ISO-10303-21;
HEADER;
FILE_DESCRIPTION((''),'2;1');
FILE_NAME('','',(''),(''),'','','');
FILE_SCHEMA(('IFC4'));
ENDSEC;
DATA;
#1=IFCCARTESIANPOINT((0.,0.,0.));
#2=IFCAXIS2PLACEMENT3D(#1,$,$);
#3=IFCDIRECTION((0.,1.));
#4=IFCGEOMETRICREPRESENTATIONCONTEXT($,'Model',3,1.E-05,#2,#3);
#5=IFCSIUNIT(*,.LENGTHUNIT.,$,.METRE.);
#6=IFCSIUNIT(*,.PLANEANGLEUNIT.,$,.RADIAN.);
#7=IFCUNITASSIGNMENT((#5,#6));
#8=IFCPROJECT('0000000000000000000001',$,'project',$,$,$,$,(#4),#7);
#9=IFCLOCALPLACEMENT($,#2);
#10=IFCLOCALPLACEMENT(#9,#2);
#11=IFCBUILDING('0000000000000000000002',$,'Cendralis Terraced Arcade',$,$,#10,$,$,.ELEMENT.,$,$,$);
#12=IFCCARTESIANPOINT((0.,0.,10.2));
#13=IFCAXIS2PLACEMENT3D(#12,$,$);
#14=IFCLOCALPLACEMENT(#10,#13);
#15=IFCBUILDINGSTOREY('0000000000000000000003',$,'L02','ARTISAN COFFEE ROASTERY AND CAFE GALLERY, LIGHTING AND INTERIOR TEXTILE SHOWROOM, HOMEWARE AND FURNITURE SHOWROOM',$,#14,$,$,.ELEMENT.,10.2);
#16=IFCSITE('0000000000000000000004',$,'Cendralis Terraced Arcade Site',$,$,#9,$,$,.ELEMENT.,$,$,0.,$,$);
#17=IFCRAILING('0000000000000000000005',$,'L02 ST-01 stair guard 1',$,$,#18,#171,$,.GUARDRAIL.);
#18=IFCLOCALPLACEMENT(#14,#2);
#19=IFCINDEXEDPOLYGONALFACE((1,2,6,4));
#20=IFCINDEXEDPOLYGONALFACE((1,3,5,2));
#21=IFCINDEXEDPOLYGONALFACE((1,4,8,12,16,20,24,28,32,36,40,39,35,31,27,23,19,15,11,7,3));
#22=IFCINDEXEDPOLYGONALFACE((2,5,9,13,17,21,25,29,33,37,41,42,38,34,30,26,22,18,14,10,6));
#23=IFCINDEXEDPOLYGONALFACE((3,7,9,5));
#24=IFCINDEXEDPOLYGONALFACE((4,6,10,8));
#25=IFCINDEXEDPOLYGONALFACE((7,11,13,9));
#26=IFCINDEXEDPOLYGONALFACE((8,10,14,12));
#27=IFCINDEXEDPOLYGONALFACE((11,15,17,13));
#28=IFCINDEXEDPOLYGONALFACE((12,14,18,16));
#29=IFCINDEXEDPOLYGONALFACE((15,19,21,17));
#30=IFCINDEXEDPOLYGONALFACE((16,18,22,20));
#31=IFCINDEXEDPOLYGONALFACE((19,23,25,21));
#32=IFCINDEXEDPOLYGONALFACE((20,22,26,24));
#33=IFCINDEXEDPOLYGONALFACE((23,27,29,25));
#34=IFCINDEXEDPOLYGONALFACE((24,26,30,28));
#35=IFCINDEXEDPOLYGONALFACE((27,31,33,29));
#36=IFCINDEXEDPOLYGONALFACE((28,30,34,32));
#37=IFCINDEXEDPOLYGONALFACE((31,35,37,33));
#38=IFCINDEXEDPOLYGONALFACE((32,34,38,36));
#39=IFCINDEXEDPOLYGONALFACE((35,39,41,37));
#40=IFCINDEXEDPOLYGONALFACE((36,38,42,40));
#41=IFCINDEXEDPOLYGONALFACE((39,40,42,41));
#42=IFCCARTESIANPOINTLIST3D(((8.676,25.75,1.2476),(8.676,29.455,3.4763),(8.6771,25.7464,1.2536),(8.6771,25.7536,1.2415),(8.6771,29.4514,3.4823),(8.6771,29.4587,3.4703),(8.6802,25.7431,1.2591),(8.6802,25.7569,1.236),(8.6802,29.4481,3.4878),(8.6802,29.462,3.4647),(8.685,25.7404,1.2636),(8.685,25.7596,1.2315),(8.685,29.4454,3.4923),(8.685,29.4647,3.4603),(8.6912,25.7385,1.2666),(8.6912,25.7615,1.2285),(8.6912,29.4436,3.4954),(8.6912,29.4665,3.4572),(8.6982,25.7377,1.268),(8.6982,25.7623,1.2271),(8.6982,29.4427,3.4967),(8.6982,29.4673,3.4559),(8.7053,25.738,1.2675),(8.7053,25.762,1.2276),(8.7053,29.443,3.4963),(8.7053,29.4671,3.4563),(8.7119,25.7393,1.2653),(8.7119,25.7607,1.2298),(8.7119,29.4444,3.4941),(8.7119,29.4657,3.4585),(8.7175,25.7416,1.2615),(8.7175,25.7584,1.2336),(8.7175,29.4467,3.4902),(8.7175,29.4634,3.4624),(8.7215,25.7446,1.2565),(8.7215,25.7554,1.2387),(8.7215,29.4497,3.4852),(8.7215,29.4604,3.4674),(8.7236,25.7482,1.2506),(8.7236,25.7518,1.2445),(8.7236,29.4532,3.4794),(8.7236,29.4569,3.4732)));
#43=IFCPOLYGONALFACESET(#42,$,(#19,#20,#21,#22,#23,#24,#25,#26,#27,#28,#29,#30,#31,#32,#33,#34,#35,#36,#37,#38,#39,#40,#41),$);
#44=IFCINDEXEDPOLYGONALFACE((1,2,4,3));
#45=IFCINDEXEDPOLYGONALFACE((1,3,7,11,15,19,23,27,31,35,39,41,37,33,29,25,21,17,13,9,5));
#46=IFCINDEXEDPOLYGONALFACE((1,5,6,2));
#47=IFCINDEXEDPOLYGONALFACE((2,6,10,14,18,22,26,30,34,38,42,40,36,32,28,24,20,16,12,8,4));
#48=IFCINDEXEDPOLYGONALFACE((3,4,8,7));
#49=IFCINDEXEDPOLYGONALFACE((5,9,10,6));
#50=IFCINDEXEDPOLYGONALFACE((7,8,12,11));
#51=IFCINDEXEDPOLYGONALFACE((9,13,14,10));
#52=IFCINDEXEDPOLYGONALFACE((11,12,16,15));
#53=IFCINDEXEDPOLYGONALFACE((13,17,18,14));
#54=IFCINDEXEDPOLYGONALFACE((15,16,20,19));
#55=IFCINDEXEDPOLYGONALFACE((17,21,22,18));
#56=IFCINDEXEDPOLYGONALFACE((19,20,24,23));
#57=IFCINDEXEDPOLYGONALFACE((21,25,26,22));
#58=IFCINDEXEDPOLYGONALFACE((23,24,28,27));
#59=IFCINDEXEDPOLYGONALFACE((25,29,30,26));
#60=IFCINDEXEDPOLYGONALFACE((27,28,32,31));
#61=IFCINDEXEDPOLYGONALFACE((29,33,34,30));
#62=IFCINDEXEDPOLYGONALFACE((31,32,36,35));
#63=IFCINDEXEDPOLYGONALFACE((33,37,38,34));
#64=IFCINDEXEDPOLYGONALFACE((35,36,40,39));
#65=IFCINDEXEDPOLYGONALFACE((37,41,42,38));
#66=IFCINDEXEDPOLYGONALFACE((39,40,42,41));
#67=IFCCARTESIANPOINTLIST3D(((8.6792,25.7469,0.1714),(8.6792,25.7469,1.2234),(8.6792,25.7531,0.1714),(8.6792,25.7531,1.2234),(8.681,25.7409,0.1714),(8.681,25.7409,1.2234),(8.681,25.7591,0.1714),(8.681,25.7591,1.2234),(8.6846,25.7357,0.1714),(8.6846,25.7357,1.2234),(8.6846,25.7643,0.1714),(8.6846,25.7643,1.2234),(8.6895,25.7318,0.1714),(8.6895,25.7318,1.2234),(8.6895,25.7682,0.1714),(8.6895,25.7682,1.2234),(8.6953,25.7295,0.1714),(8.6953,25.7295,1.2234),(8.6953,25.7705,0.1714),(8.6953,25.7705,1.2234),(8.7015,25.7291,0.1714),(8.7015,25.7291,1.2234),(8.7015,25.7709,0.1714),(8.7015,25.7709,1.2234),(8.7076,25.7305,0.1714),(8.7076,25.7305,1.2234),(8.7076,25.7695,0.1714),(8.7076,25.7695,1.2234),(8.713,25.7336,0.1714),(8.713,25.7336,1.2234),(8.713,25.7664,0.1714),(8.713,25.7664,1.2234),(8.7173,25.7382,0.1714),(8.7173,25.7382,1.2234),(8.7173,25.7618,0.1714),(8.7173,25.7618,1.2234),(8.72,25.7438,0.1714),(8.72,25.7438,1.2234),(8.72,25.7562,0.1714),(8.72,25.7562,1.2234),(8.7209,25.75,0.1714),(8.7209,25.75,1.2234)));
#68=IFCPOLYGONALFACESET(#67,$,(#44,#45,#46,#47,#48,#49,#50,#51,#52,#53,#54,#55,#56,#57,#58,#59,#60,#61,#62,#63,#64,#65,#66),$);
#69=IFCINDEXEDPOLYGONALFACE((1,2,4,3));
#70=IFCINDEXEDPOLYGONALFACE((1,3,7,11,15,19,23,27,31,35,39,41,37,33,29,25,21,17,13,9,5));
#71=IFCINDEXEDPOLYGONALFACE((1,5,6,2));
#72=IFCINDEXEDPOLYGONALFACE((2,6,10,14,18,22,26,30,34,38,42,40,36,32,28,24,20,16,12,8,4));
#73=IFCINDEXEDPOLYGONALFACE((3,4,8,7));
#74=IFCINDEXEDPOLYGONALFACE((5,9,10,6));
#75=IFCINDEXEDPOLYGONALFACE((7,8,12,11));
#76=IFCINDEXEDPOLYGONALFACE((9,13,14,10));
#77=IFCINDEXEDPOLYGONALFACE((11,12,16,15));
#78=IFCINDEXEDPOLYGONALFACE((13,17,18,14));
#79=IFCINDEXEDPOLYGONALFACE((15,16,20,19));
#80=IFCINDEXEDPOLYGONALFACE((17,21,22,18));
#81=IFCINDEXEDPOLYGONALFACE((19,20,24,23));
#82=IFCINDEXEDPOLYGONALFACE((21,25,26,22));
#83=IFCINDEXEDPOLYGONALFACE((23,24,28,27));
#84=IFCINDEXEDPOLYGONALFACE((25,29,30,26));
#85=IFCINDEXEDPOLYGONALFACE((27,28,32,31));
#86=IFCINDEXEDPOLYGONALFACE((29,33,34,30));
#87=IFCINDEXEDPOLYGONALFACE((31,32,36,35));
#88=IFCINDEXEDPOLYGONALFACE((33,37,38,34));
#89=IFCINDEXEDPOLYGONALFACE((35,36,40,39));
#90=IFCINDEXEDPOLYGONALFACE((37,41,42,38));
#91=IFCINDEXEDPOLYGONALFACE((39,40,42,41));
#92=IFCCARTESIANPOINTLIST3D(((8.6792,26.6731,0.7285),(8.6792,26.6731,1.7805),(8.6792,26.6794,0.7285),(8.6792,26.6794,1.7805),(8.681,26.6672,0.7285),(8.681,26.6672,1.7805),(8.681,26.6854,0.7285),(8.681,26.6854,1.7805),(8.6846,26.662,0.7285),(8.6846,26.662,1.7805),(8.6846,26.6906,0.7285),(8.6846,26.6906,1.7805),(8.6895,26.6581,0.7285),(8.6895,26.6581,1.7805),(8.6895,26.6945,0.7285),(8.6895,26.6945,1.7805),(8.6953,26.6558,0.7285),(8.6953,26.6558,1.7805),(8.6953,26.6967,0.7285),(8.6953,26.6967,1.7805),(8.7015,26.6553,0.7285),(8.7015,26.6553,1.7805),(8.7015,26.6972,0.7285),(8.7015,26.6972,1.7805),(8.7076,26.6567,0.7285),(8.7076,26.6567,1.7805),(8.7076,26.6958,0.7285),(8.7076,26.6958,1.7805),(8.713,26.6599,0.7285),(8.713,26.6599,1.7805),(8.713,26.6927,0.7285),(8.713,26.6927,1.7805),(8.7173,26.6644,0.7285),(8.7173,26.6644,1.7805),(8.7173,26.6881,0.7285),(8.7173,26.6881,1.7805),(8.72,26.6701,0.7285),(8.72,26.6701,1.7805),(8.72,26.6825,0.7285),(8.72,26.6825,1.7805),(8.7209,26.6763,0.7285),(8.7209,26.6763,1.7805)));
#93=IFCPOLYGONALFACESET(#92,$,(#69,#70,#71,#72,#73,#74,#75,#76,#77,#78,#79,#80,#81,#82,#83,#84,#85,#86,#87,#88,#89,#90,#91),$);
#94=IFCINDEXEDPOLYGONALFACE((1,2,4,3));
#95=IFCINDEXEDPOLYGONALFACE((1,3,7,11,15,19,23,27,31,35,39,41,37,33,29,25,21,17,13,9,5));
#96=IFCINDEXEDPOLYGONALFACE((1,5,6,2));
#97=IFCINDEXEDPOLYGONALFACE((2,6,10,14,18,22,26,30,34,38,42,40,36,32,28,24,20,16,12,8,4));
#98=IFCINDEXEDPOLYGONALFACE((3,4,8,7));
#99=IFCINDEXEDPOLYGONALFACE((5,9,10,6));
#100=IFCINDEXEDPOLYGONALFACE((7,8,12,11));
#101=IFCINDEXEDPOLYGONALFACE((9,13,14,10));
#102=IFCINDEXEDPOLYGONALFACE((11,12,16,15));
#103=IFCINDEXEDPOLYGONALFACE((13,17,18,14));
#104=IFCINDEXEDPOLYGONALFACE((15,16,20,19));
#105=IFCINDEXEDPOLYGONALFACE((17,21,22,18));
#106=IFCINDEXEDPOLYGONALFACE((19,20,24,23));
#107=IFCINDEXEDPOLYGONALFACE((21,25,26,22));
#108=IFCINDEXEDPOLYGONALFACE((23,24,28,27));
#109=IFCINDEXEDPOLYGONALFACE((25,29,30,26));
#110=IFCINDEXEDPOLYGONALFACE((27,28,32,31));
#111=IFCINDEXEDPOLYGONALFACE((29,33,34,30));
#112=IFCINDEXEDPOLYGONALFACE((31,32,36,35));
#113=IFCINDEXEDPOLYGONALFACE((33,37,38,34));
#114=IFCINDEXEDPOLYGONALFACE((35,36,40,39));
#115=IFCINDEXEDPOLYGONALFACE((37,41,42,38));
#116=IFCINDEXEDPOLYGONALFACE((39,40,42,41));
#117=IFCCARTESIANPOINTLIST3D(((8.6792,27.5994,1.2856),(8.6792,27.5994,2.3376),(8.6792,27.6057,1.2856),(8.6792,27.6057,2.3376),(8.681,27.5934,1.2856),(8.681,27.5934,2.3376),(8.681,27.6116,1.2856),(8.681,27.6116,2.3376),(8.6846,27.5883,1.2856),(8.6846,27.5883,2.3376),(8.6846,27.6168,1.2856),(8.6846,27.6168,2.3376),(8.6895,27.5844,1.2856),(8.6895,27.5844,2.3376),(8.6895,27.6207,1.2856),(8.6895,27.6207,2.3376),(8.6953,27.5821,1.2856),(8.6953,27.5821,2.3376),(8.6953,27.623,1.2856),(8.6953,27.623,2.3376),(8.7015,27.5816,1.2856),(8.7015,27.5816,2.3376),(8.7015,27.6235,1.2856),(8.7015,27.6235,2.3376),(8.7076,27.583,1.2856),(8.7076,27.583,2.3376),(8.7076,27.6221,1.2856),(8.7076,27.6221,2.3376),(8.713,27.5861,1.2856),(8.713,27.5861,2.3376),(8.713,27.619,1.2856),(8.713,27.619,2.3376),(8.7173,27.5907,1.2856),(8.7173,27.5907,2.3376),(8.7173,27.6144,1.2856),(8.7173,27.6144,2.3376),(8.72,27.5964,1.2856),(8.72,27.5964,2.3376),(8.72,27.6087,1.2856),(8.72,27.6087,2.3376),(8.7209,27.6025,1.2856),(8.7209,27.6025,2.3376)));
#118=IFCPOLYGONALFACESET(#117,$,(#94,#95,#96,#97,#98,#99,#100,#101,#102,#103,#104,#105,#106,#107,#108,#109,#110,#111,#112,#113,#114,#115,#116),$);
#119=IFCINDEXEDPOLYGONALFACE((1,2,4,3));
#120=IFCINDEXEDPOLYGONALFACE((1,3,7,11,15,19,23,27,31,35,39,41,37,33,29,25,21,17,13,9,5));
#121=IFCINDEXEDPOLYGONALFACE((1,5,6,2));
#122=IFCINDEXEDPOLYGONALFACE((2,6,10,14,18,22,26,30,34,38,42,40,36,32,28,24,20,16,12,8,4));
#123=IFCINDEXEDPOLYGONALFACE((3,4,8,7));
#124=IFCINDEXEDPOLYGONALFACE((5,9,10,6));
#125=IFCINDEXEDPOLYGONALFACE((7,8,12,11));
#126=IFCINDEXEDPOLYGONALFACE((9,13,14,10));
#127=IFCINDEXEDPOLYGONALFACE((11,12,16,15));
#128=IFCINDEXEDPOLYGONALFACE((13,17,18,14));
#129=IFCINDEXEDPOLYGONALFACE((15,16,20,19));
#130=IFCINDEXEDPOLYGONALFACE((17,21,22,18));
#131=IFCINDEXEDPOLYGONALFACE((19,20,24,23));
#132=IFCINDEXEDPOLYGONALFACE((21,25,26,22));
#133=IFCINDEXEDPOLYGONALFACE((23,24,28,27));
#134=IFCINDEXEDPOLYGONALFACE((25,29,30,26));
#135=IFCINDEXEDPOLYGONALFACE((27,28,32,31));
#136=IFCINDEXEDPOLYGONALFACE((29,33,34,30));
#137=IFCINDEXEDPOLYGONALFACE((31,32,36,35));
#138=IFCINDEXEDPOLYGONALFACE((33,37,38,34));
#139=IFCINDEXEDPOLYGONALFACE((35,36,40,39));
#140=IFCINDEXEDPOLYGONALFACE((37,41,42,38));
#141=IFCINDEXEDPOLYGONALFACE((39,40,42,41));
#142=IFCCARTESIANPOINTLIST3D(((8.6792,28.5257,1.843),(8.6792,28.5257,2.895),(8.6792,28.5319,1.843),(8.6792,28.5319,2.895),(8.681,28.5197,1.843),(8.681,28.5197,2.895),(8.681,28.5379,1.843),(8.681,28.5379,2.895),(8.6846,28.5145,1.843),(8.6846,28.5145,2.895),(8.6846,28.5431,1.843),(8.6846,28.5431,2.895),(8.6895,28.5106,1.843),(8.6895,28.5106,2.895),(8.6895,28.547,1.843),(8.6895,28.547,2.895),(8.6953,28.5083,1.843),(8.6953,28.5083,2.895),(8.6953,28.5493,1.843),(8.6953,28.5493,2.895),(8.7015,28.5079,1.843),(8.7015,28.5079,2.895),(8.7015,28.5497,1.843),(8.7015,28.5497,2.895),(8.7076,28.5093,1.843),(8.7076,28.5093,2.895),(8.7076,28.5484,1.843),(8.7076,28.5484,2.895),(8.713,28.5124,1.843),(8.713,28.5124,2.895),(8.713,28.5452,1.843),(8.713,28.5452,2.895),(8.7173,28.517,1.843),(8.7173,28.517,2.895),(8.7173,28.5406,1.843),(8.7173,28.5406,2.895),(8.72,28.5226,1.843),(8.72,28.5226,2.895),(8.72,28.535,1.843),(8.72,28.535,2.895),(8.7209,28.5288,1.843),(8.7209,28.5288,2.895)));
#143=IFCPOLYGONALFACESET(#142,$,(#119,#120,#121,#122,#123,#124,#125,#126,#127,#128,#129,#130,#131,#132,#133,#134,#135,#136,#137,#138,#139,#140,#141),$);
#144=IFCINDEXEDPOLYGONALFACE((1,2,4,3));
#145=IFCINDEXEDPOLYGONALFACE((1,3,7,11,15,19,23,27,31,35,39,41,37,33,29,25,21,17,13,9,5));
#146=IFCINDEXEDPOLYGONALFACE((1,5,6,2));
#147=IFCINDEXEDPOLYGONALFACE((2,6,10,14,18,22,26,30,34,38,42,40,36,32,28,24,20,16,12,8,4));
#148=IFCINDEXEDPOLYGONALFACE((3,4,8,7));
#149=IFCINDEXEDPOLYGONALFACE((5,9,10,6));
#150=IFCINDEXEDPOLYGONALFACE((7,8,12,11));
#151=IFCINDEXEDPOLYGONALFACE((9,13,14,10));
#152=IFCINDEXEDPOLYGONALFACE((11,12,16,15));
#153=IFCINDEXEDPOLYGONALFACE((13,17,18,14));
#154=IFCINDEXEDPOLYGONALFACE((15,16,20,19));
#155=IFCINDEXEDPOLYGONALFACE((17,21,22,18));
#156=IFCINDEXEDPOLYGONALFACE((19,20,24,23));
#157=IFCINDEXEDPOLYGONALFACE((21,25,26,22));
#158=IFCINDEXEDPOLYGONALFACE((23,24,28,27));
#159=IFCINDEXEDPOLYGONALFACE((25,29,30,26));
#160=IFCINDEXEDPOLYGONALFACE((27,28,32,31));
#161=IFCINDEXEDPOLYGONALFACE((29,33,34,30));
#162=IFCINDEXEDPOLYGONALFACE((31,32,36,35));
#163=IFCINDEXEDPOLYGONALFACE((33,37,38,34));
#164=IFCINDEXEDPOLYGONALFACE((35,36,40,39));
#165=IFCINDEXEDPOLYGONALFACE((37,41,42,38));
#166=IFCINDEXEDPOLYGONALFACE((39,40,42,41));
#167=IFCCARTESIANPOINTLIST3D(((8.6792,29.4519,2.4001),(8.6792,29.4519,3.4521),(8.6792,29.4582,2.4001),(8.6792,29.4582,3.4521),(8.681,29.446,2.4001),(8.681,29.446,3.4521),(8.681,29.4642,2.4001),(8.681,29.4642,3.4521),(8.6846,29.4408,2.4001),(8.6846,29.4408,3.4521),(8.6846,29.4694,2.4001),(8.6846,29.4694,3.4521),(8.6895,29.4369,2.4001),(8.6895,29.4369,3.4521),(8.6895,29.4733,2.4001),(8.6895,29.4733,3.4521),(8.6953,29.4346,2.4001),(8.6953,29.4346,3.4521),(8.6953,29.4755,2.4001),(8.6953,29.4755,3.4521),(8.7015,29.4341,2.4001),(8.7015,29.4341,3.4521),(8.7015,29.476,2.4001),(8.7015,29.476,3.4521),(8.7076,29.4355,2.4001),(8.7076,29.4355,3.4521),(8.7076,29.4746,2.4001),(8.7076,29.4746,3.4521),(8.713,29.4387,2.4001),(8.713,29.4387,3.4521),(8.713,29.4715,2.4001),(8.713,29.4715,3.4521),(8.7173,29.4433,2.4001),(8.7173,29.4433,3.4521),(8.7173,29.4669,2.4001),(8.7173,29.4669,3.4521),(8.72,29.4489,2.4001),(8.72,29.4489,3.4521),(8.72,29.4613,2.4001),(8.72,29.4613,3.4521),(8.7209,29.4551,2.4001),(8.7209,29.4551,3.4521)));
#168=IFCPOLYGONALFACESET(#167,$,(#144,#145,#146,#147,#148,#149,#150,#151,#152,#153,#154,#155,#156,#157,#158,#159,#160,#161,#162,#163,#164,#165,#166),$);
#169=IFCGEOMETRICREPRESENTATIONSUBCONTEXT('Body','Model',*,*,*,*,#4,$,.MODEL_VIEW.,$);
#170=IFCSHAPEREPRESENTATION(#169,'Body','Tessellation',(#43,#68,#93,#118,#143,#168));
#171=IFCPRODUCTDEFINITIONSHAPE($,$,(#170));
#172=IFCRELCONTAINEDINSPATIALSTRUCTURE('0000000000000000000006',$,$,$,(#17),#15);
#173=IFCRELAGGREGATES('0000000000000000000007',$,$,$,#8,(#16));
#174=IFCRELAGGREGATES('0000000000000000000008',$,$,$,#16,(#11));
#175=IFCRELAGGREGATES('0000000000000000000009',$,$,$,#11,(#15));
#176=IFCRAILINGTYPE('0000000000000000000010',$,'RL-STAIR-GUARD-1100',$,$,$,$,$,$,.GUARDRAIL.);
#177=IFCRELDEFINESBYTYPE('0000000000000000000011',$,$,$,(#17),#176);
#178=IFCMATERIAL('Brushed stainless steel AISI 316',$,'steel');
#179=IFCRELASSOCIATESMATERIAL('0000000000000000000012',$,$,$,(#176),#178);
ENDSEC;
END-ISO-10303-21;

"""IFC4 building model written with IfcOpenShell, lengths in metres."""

from ifc_helpers import new_model, si_unit, direction, frame, origin, origin_2d, place, context, subcontext, project, spatial, circle, extrude, material, type_object, element, save


model = new_model("IFC4")

# Units and contexts
model_context = context("Model", 3, precision=1e-05, world=origin(), true_north=direction((0.0, 1.0)))
body_context = subcontext(model_context, "Body", "Model", "MODEL_VIEW")
ifc_project = project(units=[si_unit("LENGTHUNIT", "METRE"), si_unit("PLANEANGLEUNIT", "RADIAN")], contexts=[model_context])

# Site, building, storey
site_placement = place(None, origin())
site = spatial("IfcSite", under=ifc_project, at=site_placement, Name="Cendralis Terraced Arcade Site", CompositionType="ELEMENT", RefElevation=0.0)
building_placement = place(site_placement, origin())
building = spatial("IfcBuilding", under=site, at=building_placement, Name="Cendralis Terraced Arcade", CompositionType="ELEMENT")
storey_placement = place(building_placement, frame((0.0, 0.0, 10.2)))
storey = spatial("IfcBuildingStorey", under=building, at=storey_placement, Name="L02", Description="ARTISAN COFFEE ROASTERY AND CAFE GALLERY, LIGHTING AND INTERIOR TEXTILE SHOWROOM, HOMEWARE AND FURNITURE SHOWROOM", CompositionType="ELEMENT", Elevation=10.2)

# Railing
ifc_material_1 = material(Name="Brushed stainless steel AISI 316", Category="steel")
railing_type_1 = type_object("IfcRailingType", Name="RL-STAIR-GUARD-1100", PredefinedType="GUARDRAIL", material=ifc_material_1)
railing_1_placement = place(storey_placement, frame((8.7, 25.75, 0.1714)))
element("IfcRailing", 1, at=railing_1_placement, inside=storey, type_object=railing_type_1, Name="L02 ST-01 stair guard 1", PredefinedType="GUARDRAIL", context=body_context, shape_type="SweptSolid", body=[
    extrude(circle(Radius=0.0239, at=origin_2d()), frame((0.0, 0.0, 1.0762), z_axis=(0.0, 0.856909, 0.515467), x_axis=(-1.0, 0.0, 0.0)), (0.0, 0.0, 1.0), 4.3237),
    extrude(circle(Radius=0.021, at=origin_2d()), origin(), (0.0, 0.0, 1.0), 1.052),
    extrude(circle(Radius=0.021, at=origin_2d()), frame((0.0, 0.9263, 0.5571)), (0.0, 0.0, 1.0), 1.052),
    extrude(circle(Radius=0.021, at=origin_2d()), frame((0.0, 1.8525, 1.1143)), (0.0, 0.0, 1.0), 1.052),
    extrude(circle(Radius=0.021, at=origin_2d()), frame((0.0, 2.7788, 1.6716)), (0.0, 0.0, 1.0), 1.052),
    extrude(circle(Radius=0.021, at=origin_2d()), frame((0.0, 3.7051, 2.2288)), (0.0, 0.0, 1.0), 1.052),
])

save(model, "model.ifc")
